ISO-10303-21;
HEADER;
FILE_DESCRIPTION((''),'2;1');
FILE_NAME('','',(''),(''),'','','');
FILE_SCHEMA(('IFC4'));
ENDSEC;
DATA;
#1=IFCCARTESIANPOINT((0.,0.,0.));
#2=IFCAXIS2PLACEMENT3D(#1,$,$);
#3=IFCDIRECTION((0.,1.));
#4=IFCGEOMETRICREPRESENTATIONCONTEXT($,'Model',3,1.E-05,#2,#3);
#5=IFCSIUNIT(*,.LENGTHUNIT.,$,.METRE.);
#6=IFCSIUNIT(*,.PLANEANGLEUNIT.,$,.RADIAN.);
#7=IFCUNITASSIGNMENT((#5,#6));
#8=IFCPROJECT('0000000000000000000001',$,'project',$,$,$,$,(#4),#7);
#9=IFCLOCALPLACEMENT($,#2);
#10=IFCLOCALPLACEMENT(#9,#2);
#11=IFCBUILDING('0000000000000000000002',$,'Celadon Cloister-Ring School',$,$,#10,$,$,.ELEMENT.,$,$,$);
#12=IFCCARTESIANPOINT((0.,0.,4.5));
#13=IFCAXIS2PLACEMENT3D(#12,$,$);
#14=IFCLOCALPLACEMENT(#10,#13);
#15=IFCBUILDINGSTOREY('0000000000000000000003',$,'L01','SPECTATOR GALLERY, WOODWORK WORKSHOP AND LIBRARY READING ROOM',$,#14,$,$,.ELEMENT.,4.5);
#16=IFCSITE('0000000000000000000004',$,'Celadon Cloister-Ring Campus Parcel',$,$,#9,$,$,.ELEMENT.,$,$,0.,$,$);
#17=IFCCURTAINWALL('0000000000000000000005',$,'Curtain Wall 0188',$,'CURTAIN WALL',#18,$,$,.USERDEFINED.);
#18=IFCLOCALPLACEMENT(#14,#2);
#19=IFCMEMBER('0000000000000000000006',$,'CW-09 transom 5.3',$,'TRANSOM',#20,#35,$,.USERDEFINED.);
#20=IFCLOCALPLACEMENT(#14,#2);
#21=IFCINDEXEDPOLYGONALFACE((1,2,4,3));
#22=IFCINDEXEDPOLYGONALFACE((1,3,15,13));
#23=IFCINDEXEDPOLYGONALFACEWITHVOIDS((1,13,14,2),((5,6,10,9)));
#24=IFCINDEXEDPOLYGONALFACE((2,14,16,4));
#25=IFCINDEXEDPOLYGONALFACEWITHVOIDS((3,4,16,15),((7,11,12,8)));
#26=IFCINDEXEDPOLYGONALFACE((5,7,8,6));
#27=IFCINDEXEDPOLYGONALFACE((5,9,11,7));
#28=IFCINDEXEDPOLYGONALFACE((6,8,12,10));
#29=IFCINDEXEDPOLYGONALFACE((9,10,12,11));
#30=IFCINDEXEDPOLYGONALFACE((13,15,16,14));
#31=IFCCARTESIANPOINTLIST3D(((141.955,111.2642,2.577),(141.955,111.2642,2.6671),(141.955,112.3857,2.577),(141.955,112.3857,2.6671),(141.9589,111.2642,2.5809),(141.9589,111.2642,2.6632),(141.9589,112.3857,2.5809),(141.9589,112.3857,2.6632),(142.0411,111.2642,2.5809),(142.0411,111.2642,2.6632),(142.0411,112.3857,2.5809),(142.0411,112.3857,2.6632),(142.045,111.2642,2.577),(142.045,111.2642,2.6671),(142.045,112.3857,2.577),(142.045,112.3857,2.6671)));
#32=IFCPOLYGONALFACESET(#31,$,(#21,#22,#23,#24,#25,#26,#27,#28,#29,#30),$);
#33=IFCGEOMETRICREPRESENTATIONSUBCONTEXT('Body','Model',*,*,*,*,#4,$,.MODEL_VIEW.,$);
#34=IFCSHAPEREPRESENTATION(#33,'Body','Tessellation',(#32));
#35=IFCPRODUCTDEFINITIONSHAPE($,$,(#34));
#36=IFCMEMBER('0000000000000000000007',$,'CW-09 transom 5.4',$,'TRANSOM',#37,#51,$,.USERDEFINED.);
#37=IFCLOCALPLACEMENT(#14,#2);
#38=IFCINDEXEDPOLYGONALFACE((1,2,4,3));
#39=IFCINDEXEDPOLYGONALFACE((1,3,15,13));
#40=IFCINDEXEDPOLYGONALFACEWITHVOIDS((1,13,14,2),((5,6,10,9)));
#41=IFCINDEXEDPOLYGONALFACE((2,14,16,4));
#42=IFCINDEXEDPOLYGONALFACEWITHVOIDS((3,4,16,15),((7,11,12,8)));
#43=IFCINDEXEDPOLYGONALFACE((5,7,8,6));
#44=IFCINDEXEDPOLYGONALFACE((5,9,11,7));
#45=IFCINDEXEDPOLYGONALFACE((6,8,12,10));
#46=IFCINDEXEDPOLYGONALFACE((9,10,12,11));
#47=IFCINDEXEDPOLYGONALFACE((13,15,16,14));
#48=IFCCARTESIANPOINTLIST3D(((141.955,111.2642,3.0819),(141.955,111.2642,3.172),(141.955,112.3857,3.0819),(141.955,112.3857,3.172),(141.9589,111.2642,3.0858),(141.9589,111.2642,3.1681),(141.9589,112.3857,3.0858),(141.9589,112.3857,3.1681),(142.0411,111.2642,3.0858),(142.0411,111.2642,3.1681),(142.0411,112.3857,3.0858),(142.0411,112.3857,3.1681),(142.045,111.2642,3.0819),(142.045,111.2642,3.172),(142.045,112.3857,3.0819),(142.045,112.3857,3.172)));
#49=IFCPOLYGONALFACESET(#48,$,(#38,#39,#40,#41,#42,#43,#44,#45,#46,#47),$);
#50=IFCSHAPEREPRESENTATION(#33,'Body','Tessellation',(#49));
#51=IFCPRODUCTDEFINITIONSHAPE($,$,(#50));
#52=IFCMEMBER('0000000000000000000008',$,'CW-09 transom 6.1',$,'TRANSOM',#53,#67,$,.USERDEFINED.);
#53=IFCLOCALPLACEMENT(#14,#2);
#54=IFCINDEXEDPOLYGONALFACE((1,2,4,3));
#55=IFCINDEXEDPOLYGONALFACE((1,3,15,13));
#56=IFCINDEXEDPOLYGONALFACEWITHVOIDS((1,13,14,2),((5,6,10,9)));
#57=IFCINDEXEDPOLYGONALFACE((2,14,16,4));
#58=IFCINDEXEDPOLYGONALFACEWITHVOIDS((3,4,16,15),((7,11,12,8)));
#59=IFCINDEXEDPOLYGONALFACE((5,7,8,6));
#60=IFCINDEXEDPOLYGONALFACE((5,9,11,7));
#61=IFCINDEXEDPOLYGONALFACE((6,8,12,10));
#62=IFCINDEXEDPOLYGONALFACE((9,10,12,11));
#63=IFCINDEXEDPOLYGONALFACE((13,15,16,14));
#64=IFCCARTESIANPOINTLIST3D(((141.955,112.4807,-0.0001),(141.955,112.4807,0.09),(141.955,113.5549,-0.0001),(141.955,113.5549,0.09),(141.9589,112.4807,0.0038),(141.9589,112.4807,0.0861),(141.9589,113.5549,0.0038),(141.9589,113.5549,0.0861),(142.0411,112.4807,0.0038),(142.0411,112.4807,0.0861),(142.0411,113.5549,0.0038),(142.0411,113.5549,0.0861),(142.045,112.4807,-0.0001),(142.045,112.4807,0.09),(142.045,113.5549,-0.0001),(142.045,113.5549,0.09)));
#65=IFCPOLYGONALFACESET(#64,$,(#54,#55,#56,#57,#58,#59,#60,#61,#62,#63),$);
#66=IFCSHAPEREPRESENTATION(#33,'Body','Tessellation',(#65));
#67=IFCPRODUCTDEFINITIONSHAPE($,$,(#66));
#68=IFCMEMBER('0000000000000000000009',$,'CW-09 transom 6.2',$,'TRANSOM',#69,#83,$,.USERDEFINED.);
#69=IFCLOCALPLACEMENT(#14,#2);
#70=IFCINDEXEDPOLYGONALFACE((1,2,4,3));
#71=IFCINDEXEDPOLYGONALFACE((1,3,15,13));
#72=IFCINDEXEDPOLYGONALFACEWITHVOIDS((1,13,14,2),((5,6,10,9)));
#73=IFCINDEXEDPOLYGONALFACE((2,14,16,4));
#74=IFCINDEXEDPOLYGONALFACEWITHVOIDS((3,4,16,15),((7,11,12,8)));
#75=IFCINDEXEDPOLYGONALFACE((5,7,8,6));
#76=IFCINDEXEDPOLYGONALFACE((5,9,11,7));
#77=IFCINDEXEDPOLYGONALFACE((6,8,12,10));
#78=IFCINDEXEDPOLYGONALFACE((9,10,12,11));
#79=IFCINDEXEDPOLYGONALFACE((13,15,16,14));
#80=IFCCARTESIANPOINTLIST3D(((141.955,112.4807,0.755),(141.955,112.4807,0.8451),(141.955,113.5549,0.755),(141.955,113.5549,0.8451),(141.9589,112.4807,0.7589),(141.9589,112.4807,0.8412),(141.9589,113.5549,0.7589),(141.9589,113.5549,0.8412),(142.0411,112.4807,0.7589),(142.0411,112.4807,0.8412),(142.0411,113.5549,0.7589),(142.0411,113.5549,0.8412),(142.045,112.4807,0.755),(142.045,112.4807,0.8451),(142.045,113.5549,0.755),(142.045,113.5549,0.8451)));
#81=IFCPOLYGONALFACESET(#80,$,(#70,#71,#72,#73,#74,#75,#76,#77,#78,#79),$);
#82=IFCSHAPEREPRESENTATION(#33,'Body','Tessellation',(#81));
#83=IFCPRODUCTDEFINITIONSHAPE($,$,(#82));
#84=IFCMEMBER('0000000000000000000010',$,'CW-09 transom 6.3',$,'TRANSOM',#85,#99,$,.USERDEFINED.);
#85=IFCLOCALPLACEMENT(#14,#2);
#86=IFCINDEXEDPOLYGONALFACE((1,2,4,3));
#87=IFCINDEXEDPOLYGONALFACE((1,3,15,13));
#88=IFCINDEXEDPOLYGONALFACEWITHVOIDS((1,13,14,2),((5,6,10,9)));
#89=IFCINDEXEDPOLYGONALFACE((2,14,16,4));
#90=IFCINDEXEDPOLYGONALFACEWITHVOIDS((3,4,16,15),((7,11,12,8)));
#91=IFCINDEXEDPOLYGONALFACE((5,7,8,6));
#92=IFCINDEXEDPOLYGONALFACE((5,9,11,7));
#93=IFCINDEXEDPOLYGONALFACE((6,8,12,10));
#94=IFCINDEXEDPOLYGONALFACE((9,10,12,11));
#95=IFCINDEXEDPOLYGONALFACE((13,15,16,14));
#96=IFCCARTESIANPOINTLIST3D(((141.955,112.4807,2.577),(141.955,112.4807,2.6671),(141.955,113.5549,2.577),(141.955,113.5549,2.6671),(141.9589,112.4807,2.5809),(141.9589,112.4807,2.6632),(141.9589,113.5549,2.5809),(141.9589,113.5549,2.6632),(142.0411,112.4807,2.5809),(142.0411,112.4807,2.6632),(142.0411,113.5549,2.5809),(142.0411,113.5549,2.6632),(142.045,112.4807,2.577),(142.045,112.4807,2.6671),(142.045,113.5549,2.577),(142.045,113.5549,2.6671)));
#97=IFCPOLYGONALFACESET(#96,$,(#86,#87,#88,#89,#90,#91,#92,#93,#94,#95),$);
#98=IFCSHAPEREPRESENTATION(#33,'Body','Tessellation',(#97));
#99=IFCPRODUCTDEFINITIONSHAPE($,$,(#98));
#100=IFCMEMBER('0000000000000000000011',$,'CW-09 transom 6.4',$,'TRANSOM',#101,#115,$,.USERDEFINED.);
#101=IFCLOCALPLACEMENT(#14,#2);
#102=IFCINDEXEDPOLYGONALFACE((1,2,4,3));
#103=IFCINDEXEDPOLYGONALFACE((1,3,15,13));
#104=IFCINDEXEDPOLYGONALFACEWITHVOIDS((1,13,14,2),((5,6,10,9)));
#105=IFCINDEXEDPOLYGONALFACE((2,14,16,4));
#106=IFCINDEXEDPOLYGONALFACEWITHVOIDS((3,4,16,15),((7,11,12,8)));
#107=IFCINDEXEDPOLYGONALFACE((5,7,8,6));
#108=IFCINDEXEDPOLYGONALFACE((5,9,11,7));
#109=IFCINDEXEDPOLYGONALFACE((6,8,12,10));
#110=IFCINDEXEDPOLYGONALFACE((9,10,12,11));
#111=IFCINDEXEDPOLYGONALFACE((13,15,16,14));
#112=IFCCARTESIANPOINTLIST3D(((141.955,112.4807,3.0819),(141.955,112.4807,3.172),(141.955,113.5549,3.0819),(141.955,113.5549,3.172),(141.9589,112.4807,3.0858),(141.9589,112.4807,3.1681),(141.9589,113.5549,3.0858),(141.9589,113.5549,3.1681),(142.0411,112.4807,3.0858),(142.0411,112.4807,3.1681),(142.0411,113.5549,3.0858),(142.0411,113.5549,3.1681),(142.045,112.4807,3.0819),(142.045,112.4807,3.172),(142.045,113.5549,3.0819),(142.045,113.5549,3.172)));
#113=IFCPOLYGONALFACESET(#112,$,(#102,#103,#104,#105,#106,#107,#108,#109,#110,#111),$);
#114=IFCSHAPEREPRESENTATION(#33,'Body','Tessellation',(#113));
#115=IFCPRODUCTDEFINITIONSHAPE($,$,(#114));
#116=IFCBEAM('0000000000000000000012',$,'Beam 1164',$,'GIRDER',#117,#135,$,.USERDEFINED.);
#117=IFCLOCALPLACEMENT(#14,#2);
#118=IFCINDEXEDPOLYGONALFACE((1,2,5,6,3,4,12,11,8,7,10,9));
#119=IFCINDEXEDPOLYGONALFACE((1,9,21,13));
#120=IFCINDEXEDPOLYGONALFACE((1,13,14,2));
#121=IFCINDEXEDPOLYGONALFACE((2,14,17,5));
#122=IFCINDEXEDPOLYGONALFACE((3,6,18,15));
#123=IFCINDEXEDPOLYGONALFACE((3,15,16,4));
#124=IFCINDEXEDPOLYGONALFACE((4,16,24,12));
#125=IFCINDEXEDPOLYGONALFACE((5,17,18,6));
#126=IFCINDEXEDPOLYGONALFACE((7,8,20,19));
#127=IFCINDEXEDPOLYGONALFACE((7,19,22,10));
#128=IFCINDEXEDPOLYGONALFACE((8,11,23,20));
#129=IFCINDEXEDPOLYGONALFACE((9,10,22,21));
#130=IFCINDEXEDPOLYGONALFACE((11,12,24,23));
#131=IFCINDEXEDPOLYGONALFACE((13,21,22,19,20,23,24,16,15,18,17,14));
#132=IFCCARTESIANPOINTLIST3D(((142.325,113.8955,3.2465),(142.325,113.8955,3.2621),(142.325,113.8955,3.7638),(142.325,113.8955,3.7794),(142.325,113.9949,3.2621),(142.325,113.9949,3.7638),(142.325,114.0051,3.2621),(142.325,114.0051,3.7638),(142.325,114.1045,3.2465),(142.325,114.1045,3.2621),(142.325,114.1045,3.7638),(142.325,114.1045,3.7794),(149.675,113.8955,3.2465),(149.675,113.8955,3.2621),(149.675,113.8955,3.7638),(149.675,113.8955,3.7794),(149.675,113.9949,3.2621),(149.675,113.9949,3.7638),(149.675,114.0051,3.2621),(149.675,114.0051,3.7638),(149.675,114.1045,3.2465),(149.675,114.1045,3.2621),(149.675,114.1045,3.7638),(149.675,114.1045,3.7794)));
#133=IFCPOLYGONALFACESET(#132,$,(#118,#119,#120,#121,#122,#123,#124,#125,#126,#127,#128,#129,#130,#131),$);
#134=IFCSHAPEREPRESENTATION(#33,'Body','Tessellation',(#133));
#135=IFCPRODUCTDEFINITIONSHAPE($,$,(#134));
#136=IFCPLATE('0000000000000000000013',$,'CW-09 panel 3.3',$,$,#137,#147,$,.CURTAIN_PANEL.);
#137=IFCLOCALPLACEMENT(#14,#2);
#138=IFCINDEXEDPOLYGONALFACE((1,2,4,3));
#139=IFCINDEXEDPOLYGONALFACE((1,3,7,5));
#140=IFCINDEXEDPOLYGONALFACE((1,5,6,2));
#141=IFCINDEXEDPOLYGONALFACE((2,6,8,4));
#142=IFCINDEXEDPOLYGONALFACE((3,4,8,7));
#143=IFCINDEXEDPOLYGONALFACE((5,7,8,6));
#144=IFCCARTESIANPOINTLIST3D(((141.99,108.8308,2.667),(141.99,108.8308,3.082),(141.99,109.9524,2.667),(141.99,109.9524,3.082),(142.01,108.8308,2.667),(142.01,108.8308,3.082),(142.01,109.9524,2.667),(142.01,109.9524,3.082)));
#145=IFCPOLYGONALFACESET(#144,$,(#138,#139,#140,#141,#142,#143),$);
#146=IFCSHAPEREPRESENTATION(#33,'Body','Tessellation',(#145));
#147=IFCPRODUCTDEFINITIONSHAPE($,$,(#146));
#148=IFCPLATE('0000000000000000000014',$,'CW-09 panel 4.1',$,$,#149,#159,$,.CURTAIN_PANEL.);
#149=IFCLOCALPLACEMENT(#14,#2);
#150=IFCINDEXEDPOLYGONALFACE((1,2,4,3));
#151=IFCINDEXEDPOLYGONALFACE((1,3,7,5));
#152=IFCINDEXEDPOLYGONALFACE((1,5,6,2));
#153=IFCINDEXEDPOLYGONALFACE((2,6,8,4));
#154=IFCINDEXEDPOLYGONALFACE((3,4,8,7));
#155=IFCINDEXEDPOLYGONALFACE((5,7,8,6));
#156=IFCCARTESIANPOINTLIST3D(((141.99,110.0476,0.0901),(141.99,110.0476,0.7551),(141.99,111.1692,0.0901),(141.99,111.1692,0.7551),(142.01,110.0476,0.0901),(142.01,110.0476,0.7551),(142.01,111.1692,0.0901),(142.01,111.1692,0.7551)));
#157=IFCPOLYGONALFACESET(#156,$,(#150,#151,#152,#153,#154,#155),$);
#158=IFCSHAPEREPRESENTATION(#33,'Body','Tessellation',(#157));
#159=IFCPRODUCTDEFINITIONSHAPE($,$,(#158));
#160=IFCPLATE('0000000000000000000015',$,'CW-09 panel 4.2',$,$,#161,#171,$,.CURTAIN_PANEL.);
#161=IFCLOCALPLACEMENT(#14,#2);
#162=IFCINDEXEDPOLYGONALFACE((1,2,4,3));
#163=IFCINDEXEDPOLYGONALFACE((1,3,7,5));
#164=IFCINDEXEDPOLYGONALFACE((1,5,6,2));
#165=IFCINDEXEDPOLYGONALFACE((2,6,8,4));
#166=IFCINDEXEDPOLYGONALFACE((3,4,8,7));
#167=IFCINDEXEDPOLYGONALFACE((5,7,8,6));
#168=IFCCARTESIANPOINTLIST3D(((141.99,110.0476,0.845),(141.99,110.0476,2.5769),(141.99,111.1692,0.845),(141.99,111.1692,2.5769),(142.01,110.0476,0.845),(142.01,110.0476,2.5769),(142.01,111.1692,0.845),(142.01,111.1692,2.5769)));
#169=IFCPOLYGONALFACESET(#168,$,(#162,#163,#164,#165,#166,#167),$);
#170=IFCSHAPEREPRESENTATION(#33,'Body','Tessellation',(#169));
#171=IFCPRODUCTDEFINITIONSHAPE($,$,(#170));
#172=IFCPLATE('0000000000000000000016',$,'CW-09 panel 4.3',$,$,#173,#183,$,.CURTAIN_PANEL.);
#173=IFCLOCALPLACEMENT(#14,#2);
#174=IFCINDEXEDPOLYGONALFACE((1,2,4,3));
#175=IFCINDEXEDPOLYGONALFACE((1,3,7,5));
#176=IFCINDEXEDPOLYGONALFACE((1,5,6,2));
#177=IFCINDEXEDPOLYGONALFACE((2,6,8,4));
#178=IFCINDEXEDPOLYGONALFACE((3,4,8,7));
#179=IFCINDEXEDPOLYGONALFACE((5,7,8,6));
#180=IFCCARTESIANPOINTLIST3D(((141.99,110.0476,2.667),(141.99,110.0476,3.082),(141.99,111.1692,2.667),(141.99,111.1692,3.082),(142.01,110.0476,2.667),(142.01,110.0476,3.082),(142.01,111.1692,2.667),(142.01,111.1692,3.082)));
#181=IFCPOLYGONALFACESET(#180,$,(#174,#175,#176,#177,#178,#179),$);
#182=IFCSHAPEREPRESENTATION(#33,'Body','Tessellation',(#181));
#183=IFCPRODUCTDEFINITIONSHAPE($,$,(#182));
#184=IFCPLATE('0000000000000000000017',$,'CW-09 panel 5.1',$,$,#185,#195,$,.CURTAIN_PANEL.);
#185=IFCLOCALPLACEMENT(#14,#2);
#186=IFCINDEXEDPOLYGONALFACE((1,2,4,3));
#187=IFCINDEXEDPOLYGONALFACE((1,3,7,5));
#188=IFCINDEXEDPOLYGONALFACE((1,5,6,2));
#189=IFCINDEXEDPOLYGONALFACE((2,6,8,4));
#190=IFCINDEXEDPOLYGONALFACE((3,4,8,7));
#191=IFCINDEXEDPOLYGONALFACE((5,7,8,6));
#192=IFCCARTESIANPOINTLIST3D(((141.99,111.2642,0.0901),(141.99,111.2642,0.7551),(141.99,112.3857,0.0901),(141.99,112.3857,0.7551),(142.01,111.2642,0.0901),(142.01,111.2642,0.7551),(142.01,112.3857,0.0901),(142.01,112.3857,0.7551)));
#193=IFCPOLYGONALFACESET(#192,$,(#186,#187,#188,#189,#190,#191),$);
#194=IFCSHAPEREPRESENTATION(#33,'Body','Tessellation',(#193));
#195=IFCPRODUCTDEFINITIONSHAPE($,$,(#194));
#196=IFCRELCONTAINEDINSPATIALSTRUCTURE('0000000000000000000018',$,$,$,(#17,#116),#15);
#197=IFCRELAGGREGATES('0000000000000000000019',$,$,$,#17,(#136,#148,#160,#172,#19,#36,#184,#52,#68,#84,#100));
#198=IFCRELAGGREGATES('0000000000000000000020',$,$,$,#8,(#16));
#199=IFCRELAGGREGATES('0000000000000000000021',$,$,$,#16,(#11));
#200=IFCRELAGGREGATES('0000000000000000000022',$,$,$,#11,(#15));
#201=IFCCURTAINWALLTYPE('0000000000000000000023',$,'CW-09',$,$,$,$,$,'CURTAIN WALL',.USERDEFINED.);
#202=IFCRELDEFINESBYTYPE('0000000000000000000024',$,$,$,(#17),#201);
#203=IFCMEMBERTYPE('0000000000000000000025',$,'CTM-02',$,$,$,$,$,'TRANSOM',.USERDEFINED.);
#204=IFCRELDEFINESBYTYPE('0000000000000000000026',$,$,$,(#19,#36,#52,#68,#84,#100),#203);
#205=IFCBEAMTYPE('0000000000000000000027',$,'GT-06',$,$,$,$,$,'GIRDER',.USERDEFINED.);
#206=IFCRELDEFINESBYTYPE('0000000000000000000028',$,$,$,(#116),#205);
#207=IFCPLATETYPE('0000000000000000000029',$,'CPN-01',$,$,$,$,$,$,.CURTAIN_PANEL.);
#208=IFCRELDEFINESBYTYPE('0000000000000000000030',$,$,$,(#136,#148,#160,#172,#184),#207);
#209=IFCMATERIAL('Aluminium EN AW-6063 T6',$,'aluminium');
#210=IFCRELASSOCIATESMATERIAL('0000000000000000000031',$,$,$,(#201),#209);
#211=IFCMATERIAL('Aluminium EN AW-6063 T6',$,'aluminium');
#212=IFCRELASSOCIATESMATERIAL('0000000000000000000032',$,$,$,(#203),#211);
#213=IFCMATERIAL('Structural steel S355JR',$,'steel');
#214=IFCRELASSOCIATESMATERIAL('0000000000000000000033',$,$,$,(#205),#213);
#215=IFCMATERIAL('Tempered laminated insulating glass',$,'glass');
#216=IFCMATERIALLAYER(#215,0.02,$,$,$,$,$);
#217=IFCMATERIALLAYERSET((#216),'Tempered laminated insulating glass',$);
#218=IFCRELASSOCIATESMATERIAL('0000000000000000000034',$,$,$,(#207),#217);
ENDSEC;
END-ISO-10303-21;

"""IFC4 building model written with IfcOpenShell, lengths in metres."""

from ifc_helpers import new_model, si_unit, direction, frame, origin, origin_2d, place, context, subcontext, project, spatial, rectangle, hollow_rectangle, i_section, extrude, material, layer, layer_set, material_profile, profile_set, type_object, element, aggregate, save


model = new_model("IFC4")

# Units and contexts
model_context = context("Model", 3, precision=1e-05, world=origin(), true_north=direction((0.0, 1.0)))
body_context = subcontext(model_context, "Body", "Model", "MODEL_VIEW")
ifc_project = project(units=[si_unit("LENGTHUNIT", "METRE"), si_unit("PLANEANGLEUNIT", "RADIAN")], contexts=[model_context])

# Site, building, storey
site_placement = place(None, origin())
site = spatial("IfcSite", under=ifc_project, at=site_placement, Name="Celadon Cloister-Ring Campus Parcel", CompositionType="ELEMENT", RefElevation=0.0)
building_placement = place(site_placement, origin())
building = spatial("IfcBuilding", under=site, at=building_placement, Name="Celadon Cloister-Ring School", CompositionType="ELEMENT")
storey_placement = place(building_placement, frame((0.0, 0.0, 4.5)))
storey = spatial("IfcBuildingStorey", under=building, at=storey_placement, Name="L01", Description="SPECTATOR GALLERY, WOODWORK WORKSHOP AND LIBRARY READING ROOM", CompositionType="ELEMENT", Elevation=4.5)

# Curtain wall, members
ifc_material_1 = material(Name="Aluminium EN AW-6063 T6", Category="aluminium")
curtain_wall_type = type_object("IfcCurtainWallType", Name="CW-09", ElementType="CURTAIN WALL", PredefinedType="USERDEFINED", material=ifc_material_1)
curtain_wall_placement = place(storey_placement, origin())
curtain_wall = element("IfcCurtainWall", 1, at=curtain_wall_placement, inside=storey, type_object=curtain_wall_type, Name="Curtain Wall 0188", ObjectType="CURTAIN WALL", PredefinedType="USERDEFINED")
ifc_material_2 = material(Name="Aluminium EN AW-6063 T6", Category="aluminium")
ifc_material_profile_1 = material_profile(ifc_material_2, hollow_rectangle(XDim=0.0901, YDim=0.0901, WallThickness=0.0039, at=origin_2d()), Name="RHS90X90X4")
ifc_profile_set_1 = profile_set([ifc_material_profile_1], Name="Aluminium EN AW-6063 T6")
member_type_1 = type_object("IfcMemberType", Name="CTM-02", ElementType="TRANSOM", PredefinedType="USERDEFINED", material=ifc_profile_set_1)
member_1_placement = place(storey_placement, frame((142.0, 111.2642, 2.6221), z_axis=(0.0, 1.0, 0.0), x_axis=(-1.0, 0.0, 0.0)))
member_1 = element("IfcMember", 2, at=member_1_placement, type_object=member_type_1, Name="CW-09 transom 5.3", ObjectType="TRANSOM", PredefinedType="USERDEFINED", context=body_context, shape_type="SweptSolid", body=[
    extrude(hollow_rectangle(XDim=0.0901, YDim=0.0901, WallThickness=0.0039, at=origin_2d()), origin(), (0.0, 0.0, 1.0), 1.1216),
])
member_2_placement = place(storey_placement, frame((142.0, 111.2642, 3.127), z_axis=(0.0, 1.0, 0.0), x_axis=(-1.0, 0.0, 0.0)))
member_2 = element("IfcMember", 3, at=member_2_placement, type_object=member_type_1, Name="CW-09 transom 5.4", ObjectType="TRANSOM", PredefinedType="USERDEFINED", context=body_context, shape_type="SweptSolid", body=[
    extrude(hollow_rectangle(XDim=0.0901, YDim=0.0901, WallThickness=0.0039, at=origin_2d()), origin(), (0.0, 0.0, 1.0), 1.1216),
])
member_3_placement = place(storey_placement, frame((142.0, 112.4807, 0.0449), z_axis=(0.0, 1.0, 0.0), x_axis=(-1.0, 0.0, 0.0)))
member_3 = element("IfcMember", 4, at=member_3_placement, type_object=member_type_1, Name="CW-09 transom 6.1", ObjectType="TRANSOM", PredefinedType="USERDEFINED", context=body_context, shape_type="SweptSolid", body=[
    extrude(hollow_rectangle(XDim=0.0901, YDim=0.0901, WallThickness=0.0039, at=origin_2d()), origin(), (0.0, 0.0, 1.0), 1.0742),
])
member_4_placement = place(storey_placement, frame((142.0, 112.4807, 0.8), z_axis=(0.0, 1.0, 0.0), x_axis=(-1.0, 0.0, 0.0)))
member_4 = element("IfcMember", 5, at=member_4_placement, type_object=member_type_1, Name="CW-09 transom 6.2", ObjectType="TRANSOM", PredefinedType="USERDEFINED", context=body_context, shape_type="SweptSolid", body=[
    extrude(hollow_rectangle(XDim=0.0901, YDim=0.0901, WallThickness=0.0039, at=origin_2d()), origin(), (0.0, 0.0, 1.0), 1.0742),
])
member_5_placement = place(storey_placement, frame((142.0, 112.4807, 2.6221), z_axis=(0.0, 1.0, 0.0), x_axis=(-1.0, 0.0, 0.0)))
member_5 = element("IfcMember", 6, at=member_5_placement, type_object=member_type_1, Name="CW-09 transom 6.3", ObjectType="TRANSOM", PredefinedType="USERDEFINED", context=body_context, shape_type="SweptSolid", body=[
    extrude(hollow_rectangle(XDim=0.0901, YDim=0.0901, WallThickness=0.0039, at=origin_2d()), origin(), (0.0, 0.0, 1.0), 1.0742),
])
member_6_placement = place(storey_placement, frame((142.0, 112.4807, 3.127), z_axis=(0.0, 1.0, 0.0), x_axis=(-1.0, 0.0, 0.0)))
member_6 = element("IfcMember", 7, at=member_6_placement, type_object=member_type_1, Name="CW-09 transom 6.4", ObjectType="TRANSOM", PredefinedType="USERDEFINED", context=body_context, shape_type="SweptSolid", body=[
    extrude(hollow_rectangle(XDim=0.0901, YDim=0.0901, WallThickness=0.0039, at=origin_2d()), origin(), (0.0, 0.0, 1.0), 1.0742),
])

# Beam
ifc_material_3 = material(Name="Structural steel S355JR", Category="steel")
ifc_material_profile_2 = material_profile(ifc_material_3, i_section(OverallWidth=0.209, OverallDepth=0.533, WebThickness=0.0103, FlangeThickness=0.0156, at=origin_2d()), Name="W530X92")
ifc_profile_set_2 = profile_set([ifc_material_profile_2], Name="Structural steel S355JR")
beam_type = type_object("IfcBeamType", Name="GT-06", ElementType="GIRDER", PredefinedType="USERDEFINED", material=ifc_profile_set_2)
beam_placement = place(storey_placement, frame((142.325, 114.0, 3.5129), z_axis=(1.0, 0.0, 0.0), x_axis=(0.0, 1.0, 0.0)))
element("IfcBeam", 8, at=beam_placement, inside=storey, type_object=beam_type, Name="Beam 1164", ObjectType="GIRDER", PredefinedType="USERDEFINED", context=body_context, shape_type="SweptSolid", body=[
    extrude(i_section(OverallWidth=0.209, OverallDepth=0.533, WebThickness=0.0103, FlangeThickness=0.0156, at=origin_2d()), origin(), (0.0, 0.0, 1.0), 7.3501),
])

# Plates
ifc_material_4 = material(Name="Tempered laminated insulating glass", Category="glass")
ifc_layer = layer(ifc_material_4, 0.02)
ifc_layer_set = layer_set([ifc_layer], Name="Tempered laminated insulating glass")
plate_type = type_object("IfcPlateType", Name="CPN-01", PredefinedType="CURTAIN_PANEL", material=ifc_layer_set)
plate_1_placement = place(storey_placement, frame((142.0, 109.3916, 2.667), z_axis=(0.0, 0.0, 1.0), x_axis=(0.0, 1.0, 0.0)))
plate_1 = element("IfcPlate", 9, at=plate_1_placement, type_object=plate_type, Name="CW-09 panel 3.3", PredefinedType="CURTAIN_PANEL", context=body_context, shape_type="SweptSolid", body=[
    extrude(rectangle(XDim=1.1216, YDim=0.02, at=origin_2d()), origin(), (0.0, 0.0, 1.0), 0.415),
])
plate_2_placement = place(storey_placement, frame((142.0, 110.6084, 0.0901), z_axis=(0.0, 0.0, 1.0), x_axis=(0.0, 1.0, 0.0)))
plate_2 = element("IfcPlate", 10, at=plate_2_placement, type_object=plate_type, Name="CW-09 panel 4.1", PredefinedType="CURTAIN_PANEL", context=body_context, shape_type="SweptSolid", body=[
    extrude(rectangle(XDim=1.1216, YDim=0.02, at=origin_2d()), origin(), (0.0, 0.0, 1.0), 0.665),
])
plate_3_placement = place(storey_placement, frame((142.0, 110.6084, 0.845), z_axis=(0.0, 0.0, 1.0), x_axis=(0.0, 1.0, 0.0)))
plate_3 = element("IfcPlate", 11, at=plate_3_placement, type_object=plate_type, Name="CW-09 panel 4.2", PredefinedType="CURTAIN_PANEL", context=body_context, shape_type="SweptSolid", body=[
    extrude(rectangle(XDim=1.1216, YDim=0.02, at=origin_2d()), origin(), (0.0, 0.0, 1.0), 1.7319),
])
plate_4_placement = place(storey_placement, frame((142.0, 110.6084, 2.667), z_axis=(0.0, 0.0, 1.0), x_axis=(0.0, 1.0, 0.0)))
plate_4 = element("IfcPlate", 12, at=plate_4_placement, type_object=plate_type, Name="CW-09 panel 4.3", PredefinedType="CURTAIN_PANEL", context=body_context, shape_type="SweptSolid", body=[
    extrude(rectangle(XDim=1.1216, YDim=0.02, at=origin_2d()), origin(), (0.0, 0.0, 1.0), 0.415),
])
plate_5_placement = place(storey_placement, frame((142.0, 111.825, 0.0901), z_axis=(0.0, 0.0, 1.0), x_axis=(0.0, 1.0, 0.0)))
plate_5 = element("IfcPlate", 13, at=plate_5_placement, type_object=plate_type, Name="CW-09 panel 5.1", PredefinedType="CURTAIN_PANEL", context=body_context, shape_type="SweptSolid", body=[
    extrude(rectangle(XDim=1.1216, YDim=0.02, at=origin_2d()), origin(), (0.0, 0.0, 1.0), 0.665),
])
aggregate(curtain_wall, [plate_1, plate_2, plate_3, plate_4, member_1, member_2, plate_5, member_3, member_4, member_5, member_6])

save(model, "model.ifc")
